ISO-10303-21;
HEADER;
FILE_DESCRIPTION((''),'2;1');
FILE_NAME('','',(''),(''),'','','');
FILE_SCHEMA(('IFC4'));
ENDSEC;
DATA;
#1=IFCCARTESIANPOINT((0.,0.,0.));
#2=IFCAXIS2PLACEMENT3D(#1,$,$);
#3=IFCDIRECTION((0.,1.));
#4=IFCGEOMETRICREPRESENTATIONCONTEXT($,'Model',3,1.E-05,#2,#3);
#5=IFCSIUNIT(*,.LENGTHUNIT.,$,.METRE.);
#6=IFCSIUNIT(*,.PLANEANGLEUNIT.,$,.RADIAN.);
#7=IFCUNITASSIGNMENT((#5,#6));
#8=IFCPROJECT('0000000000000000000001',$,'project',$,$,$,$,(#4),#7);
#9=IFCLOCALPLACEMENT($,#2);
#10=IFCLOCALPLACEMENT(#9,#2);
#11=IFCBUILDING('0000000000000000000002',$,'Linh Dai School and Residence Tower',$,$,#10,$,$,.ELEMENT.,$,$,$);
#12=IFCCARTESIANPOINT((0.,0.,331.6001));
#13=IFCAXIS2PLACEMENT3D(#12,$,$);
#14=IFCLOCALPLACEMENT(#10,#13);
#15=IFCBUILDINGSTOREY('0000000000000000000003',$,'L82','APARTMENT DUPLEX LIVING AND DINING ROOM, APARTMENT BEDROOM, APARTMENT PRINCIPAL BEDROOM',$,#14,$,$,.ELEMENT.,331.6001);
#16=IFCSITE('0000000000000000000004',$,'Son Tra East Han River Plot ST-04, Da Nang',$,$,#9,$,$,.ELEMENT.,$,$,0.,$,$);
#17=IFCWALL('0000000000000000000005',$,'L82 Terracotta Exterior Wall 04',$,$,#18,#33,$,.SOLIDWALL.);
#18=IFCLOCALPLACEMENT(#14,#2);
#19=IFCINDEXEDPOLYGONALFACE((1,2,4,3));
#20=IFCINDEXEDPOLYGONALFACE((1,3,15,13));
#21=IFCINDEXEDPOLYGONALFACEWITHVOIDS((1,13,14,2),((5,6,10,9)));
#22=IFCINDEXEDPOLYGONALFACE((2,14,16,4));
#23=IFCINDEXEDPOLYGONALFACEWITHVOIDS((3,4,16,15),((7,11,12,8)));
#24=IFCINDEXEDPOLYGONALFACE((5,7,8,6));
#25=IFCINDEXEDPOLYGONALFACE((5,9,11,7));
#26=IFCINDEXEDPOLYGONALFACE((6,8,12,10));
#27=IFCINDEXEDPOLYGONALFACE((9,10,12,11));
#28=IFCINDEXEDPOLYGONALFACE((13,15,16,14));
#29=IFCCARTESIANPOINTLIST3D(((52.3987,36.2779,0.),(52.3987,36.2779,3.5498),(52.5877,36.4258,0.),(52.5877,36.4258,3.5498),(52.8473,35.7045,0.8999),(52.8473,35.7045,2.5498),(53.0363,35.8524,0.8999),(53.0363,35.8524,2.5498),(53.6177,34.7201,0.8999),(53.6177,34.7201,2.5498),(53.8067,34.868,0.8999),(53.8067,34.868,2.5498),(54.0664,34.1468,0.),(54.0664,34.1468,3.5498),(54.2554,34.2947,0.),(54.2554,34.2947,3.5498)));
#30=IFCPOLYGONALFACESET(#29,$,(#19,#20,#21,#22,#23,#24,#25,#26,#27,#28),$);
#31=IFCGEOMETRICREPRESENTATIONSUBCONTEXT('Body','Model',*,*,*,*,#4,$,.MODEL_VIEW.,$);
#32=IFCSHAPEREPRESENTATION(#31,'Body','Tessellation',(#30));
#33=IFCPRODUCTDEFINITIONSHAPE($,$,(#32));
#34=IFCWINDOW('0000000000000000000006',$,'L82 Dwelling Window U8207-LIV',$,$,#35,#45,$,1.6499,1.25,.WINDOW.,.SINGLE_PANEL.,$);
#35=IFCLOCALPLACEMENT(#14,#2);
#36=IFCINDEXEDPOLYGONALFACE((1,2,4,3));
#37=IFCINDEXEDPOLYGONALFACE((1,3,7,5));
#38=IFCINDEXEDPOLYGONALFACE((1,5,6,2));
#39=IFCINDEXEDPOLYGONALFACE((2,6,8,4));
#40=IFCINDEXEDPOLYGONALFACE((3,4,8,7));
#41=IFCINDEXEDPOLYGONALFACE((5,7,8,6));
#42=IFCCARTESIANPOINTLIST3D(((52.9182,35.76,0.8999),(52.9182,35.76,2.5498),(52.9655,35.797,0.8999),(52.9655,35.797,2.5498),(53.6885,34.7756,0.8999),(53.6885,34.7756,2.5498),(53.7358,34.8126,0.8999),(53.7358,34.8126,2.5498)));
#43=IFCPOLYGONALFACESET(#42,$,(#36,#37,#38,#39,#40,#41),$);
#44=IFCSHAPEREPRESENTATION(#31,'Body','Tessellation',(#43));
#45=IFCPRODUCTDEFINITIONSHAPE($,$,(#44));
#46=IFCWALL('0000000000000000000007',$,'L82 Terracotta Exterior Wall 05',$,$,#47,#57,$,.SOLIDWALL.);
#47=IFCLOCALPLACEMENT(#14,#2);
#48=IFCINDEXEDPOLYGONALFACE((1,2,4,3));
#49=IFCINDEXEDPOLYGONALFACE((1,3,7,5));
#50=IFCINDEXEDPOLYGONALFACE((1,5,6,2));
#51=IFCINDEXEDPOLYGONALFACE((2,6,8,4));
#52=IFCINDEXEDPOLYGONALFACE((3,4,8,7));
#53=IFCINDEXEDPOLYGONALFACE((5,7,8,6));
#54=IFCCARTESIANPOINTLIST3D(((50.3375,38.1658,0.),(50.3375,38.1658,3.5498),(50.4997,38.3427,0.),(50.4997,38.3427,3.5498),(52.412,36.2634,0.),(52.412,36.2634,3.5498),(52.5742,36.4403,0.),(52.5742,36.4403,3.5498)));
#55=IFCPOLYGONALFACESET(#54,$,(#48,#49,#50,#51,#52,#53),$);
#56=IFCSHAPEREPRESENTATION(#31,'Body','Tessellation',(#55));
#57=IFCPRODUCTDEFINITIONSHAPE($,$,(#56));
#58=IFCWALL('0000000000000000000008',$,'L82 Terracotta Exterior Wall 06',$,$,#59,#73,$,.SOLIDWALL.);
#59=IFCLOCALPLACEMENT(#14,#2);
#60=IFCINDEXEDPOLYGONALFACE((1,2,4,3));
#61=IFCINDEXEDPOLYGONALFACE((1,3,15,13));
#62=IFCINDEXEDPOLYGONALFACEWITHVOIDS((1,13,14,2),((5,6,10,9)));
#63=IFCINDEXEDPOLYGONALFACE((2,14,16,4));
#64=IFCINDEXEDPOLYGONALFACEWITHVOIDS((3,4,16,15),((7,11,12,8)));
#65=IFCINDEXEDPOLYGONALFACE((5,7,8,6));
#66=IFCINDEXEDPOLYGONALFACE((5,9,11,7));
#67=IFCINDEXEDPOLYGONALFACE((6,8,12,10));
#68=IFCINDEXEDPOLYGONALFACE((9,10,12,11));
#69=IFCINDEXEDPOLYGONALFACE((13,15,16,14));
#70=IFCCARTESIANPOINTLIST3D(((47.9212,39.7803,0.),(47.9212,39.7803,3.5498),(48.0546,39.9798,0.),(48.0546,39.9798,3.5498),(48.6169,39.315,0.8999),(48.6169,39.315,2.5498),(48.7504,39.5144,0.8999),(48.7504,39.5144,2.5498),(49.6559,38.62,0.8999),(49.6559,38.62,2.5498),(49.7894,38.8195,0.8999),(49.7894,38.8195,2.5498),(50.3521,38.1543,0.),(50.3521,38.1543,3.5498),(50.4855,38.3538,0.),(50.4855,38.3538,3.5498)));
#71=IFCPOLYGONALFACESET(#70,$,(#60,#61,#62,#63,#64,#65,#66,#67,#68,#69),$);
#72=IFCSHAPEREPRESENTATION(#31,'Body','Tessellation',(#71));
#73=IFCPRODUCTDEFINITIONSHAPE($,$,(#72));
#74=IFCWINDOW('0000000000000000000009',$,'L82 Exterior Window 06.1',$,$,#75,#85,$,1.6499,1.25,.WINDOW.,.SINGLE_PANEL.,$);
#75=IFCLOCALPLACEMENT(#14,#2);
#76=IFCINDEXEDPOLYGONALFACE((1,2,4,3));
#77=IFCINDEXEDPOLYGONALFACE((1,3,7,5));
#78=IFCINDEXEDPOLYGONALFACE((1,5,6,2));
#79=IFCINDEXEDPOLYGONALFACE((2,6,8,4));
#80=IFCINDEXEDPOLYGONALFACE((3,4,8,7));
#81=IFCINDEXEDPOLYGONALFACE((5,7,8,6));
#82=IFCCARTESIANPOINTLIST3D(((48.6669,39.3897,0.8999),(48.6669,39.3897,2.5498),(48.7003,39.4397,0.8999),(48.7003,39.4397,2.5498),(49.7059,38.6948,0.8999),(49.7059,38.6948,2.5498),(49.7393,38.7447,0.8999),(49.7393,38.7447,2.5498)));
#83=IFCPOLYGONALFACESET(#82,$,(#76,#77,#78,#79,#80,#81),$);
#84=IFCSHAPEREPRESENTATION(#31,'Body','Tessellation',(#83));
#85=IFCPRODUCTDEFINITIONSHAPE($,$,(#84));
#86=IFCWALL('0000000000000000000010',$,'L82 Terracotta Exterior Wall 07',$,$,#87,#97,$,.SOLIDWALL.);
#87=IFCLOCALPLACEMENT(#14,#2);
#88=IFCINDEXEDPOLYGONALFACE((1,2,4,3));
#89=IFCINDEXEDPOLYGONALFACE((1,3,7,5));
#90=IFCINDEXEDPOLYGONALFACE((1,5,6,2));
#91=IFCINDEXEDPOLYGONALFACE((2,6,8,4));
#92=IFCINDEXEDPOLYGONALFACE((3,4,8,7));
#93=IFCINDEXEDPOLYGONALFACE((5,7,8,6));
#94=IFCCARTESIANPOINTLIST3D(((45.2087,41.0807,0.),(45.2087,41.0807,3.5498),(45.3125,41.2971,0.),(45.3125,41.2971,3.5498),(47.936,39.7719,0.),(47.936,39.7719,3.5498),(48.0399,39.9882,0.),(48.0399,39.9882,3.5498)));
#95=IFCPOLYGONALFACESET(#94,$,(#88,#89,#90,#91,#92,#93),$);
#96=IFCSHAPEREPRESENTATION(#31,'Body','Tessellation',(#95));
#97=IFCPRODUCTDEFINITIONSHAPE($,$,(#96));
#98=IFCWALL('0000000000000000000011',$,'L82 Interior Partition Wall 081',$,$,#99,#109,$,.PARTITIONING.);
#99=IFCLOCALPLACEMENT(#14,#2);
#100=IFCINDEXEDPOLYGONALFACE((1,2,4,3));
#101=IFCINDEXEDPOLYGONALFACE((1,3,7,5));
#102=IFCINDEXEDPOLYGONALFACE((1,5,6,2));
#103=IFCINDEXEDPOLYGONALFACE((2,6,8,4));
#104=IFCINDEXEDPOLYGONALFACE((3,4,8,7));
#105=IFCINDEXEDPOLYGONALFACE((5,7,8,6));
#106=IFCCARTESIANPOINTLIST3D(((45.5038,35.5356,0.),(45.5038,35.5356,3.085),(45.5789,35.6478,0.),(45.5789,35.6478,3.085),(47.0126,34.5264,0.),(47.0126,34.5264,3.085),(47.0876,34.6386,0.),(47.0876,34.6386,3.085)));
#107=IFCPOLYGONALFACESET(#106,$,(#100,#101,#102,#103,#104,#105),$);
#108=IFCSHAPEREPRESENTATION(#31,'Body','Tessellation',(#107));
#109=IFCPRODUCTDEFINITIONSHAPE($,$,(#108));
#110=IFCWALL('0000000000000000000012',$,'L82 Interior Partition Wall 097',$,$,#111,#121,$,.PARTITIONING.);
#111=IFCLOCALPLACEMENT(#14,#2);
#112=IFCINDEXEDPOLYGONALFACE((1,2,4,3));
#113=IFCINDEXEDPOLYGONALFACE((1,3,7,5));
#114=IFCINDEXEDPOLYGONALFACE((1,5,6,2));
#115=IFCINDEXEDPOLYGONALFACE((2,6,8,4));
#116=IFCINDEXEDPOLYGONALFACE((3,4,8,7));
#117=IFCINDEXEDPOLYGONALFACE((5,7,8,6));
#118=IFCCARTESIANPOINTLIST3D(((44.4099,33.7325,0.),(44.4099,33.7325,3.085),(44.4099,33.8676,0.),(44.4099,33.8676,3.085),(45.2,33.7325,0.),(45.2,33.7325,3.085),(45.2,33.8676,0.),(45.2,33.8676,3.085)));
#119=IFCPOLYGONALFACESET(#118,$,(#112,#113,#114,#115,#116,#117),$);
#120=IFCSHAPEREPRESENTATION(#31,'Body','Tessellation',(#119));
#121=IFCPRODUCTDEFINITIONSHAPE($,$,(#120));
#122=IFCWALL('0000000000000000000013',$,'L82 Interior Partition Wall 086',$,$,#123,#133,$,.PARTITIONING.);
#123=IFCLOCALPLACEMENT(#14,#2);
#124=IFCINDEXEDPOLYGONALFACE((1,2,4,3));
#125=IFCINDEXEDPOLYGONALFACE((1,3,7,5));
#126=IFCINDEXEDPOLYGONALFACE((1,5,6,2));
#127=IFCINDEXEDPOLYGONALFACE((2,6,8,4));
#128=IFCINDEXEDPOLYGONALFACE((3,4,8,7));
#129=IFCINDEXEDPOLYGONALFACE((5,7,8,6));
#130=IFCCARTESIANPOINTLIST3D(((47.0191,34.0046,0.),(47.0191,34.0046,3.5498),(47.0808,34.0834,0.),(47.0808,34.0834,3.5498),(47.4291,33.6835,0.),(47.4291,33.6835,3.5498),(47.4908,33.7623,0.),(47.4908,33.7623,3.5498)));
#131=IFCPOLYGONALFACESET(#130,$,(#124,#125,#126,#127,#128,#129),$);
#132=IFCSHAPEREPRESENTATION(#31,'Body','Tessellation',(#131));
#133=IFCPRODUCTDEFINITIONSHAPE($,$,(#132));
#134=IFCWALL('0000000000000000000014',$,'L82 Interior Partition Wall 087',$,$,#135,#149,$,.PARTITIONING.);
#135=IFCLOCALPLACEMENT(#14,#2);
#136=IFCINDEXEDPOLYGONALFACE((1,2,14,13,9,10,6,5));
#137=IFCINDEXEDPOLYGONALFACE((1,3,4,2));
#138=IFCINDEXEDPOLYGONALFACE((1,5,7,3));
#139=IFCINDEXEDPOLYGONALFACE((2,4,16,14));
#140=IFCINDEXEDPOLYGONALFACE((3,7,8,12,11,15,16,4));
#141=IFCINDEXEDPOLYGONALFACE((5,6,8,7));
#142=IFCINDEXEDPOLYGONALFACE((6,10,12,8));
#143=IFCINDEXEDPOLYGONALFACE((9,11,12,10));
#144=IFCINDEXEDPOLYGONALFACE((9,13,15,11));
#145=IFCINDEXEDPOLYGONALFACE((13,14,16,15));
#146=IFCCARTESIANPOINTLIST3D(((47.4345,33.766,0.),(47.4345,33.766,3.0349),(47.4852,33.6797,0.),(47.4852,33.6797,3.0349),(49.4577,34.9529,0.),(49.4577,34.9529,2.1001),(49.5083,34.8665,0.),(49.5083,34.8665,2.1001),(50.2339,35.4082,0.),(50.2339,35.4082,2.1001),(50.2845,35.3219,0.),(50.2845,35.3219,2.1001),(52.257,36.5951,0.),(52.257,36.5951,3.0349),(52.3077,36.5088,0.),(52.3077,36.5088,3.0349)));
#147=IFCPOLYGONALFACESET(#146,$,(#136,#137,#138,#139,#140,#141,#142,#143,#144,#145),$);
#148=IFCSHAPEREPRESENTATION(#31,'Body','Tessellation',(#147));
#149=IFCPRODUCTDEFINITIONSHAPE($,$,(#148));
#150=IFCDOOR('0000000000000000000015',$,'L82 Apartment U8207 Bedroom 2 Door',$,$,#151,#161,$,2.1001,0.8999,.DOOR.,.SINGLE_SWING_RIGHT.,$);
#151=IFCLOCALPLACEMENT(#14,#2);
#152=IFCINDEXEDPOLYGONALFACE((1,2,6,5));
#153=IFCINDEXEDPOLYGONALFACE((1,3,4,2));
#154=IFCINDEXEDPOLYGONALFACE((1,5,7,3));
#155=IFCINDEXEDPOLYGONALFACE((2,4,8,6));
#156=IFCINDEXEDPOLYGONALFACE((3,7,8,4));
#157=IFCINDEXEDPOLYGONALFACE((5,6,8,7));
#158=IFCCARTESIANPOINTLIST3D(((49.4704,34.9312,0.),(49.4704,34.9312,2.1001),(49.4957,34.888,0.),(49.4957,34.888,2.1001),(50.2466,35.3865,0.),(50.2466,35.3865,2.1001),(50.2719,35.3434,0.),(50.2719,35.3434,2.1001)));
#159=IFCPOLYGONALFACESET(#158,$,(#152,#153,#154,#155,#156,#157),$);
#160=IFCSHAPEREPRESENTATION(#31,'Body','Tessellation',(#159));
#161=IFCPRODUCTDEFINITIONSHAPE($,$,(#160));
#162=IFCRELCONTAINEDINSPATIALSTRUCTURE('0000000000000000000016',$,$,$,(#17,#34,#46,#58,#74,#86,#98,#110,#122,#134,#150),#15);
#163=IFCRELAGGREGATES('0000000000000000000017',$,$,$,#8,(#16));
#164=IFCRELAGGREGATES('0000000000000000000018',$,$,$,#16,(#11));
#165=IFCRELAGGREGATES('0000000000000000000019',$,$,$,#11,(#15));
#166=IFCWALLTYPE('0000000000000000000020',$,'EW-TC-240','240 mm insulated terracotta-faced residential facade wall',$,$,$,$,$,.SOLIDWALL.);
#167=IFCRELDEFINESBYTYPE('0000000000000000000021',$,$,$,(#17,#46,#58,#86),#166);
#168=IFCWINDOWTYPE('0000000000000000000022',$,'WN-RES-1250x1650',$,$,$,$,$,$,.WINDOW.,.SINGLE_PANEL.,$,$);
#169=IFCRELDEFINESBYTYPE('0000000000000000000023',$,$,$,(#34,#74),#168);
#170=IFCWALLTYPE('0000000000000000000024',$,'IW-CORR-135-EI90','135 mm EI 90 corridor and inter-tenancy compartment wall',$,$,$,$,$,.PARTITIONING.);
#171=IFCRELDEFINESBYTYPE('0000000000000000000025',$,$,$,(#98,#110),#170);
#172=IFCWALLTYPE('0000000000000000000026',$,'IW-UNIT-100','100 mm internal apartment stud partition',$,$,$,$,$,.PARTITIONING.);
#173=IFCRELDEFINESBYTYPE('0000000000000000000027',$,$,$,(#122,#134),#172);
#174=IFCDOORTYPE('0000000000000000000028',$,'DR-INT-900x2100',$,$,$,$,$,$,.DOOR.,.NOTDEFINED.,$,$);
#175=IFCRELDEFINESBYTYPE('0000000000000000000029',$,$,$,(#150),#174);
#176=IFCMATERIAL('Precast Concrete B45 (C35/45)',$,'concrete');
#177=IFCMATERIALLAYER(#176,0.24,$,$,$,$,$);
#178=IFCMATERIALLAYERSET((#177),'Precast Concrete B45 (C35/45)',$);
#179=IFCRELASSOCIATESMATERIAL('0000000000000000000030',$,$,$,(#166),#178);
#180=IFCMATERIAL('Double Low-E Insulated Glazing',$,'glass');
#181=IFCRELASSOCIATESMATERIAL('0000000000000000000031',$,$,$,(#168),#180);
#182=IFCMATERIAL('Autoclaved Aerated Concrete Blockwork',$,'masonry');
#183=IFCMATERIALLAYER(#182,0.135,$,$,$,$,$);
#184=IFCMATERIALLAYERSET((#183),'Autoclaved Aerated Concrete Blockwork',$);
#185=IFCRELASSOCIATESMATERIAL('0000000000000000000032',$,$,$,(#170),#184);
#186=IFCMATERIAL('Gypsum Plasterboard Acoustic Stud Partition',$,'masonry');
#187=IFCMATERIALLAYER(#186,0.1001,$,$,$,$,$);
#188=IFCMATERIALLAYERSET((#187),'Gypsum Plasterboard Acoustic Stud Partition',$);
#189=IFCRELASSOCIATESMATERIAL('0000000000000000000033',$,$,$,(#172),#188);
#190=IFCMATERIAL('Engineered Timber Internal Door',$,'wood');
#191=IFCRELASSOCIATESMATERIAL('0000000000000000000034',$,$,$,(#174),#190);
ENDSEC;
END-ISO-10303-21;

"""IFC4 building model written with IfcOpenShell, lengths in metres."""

from ifc_helpers import new_model, si_unit, direction, frame, frame_2d, origin, origin_2d, place, context, subcontext, project, spatial, rectangle, extrude, source, transform, mapped, material, layer, layer_set, type_object, element, fill, save


model = new_model("IFC4")

# Units and contexts
model_context = context("Model", 3, precision=1e-05, world=origin(), true_north=direction((0.0, 1.0)))
body_context = subcontext(model_context, "Body", "Model", "MODEL_VIEW")
ifc_project = project(units=[si_unit("LENGTHUNIT", "METRE"), si_unit("PLANEANGLEUNIT", "RADIAN")], contexts=[model_context])

# Site, building, storey
site_placement = place(None, origin())
site = spatial("IfcSite", under=ifc_project, at=site_placement, Name="Son Tra East Han River Plot ST-04, Da Nang", CompositionType="ELEMENT", RefElevation=0.0)
building_placement = place(site_placement, origin())
building = spatial("IfcBuilding", under=site, at=building_placement, Name="Linh Dai School and Residence Tower", CompositionType="ELEMENT")
storey_placement = place(building_placement, frame((0.0, 0.0, 331.6001)))
storey = spatial("IfcBuildingStorey", under=building, at=storey_placement, Name="L82", Description="APARTMENT DUPLEX LIVING AND DINING ROOM, APARTMENT BEDROOM, APARTMENT PRINCIPAL BEDROOM", CompositionType="ELEMENT", Elevation=331.6001)

# Shared definitions
ifc_material_1 = material(Name="Precast Concrete B45 (C35/45)", Category="concrete")

# Shared definitions
ifc_material_2 = material(Name="Double Low-E Insulated Glazing", Category="glass")

# Shared definitions
ifc_layer_1 = layer(ifc_material_1, 0.24)
ifc_layer_set_1 = layer_set([ifc_layer_1], Name="Precast Concrete B45 (C35/45)")
wall_type_1 = type_object("IfcWallType", Name="EW-TC-240", Description="240 mm insulated terracotta-faced residential facade wall", PredefinedType="SOLIDWALL", material=ifc_layer_set_1)

# Wall, opening, window
wall_1_placement = place(storey_placement, frame((52.4932, 36.3518, 0.0), z_axis=(0.0, 0.0, 1.0), x_axis=(0.616286, -0.787522, 0.0)))
wall_1 = element("IfcWall", 1, at=wall_1_placement, inside=storey, type_object=wall_type_1, Name="L82 Terracotta Exterior Wall 04", PredefinedType="SOLIDWALL", context=body_context, shape_type="SweptSolid", body=[
    extrude(rectangle(XDim=2.7061, YDim=0.24, at=frame_2d((1.353, 0.0))), origin(), (0.0, 0.0, 1.0), 3.5498),
])
opening_1_placement = place(wall_1_placement, frame((0.728, 0.0, 0.8999)))
opening_1 = element("IfcOpeningElement", 2, at=opening_1_placement, cuts=wall_1, PredefinedType="OPENING", context=body_context, shape_type="SweptSolid", body=[
    extrude(rectangle(XDim=1.25, YDim=1.6499, at=origin_2d()), frame((0.625, 0.1299, 0.825), z_axis=(0.0, -1.0, 0.0), x_axis=(1.0, 0.0, 0.0)), (0.0, 0.0, 1.0), 0.26),
])
window_type = type_object("IfcWindowType", Name="WN-RES-1250x1650", PartitioningType="SINGLE_PANEL", PredefinedType="WINDOW", material=ifc_material_2)
shared_shape_1 = source(origin(), body_context, "Body", "SweptSolid", [
    extrude(rectangle(XDim=1.25, YDim=1.6499, at=origin_2d()), frame((0.625, 0.03, 0.825), z_axis=(0.0, -1.0, 0.0), x_axis=(1.0, 0.0, 0.0)), (0.0, 0.0, 1.0), 0.0601),
])
window_1_placement = place(opening_1_placement, origin())
window_1 = element("IfcWindow", 3, at=window_1_placement, inside=storey, type_object=window_type, Name="L82 Dwelling Window U8207-LIV", OverallHeight=1.6499, OverallWidth=1.25, PartitioningType="SINGLE_PANEL", PredefinedType="WINDOW", context=body_context, shape_type="MappedRepresentation", body=[
    mapped(shared_shape_1, transform((0.0, 0.0, 0.0), x_axis=(1.0, 0.0, 0.0), y_axis=(0.0, 1.0, 0.0), z_axis=(0.0, 0.0, 1.0), scale=1.0)),
])
fill(opening_1, window_1)

# Wall
wall_2_placement = place(storey_placement, frame((50.4187, 38.2542, 0.0), z_axis=(0.0, 0.0, 1.0), x_axis=(0.737021, -0.67587, 0.0)))
element("IfcWall", 4, at=wall_2_placement, inside=storey, type_object=wall_type_1, Name="L82 Terracotta Exterior Wall 05", PredefinedType="SOLIDWALL", context=body_context, shape_type="SweptSolid", body=[
    extrude(rectangle(XDim=2.8147, YDim=0.24, at=frame_2d((1.4072, 0.0))), origin(), (0.0, 0.0, 1.0), 3.5498),
])

# Wall, opening, window
wall_3_placement = place(storey_placement, frame((47.9878, 39.8801, 0.0), z_axis=(0.0, 0.0, 1.0), x_axis=(0.831202, -0.555971, 0.0)))
wall_3 = element("IfcWall", 5, at=wall_3_placement, inside=storey, type_object=wall_type_1, Name="L82 Terracotta Exterior Wall 06", PredefinedType="SOLIDWALL", context=body_context, shape_type="SweptSolid", body=[
    extrude(rectangle(XDim=2.9246, YDim=0.24, at=frame_2d((1.4624, 0.0))), origin(), (0.0, 0.0, 1.0), 3.5498),
])
opening_2_placement = place(wall_3_placement, frame((0.8372, 0.0, 0.8999)))
opening_2 = element("IfcOpeningElement", 6, at=opening_2_placement, cuts=wall_3, PredefinedType="OPENING", context=body_context, shape_type="SweptSolid", body=[
    extrude(rectangle(XDim=1.25, YDim=1.6499, at=origin_2d()), frame((0.625, 0.1299, 0.825), z_axis=(0.0, -1.0, 0.0), x_axis=(1.0, 0.0, 0.0)), (0.0, 0.0, 1.0), 0.26),
])
window_2_placement = place(opening_2_placement, origin())
window_2 = element("IfcWindow", 7, at=window_2_placement, inside=storey, type_object=window_type, Name="L82 Exterior Window 06.1", OverallHeight=1.6499, OverallWidth=1.25, PartitioningType="SINGLE_PANEL", PredefinedType="WINDOW", context=body_context, shape_type="MappedRepresentation", body=[
    mapped(shared_shape_1, transform((0.0, 0.0, 0.0), x_axis=(1.0, 0.0, 0.0), y_axis=(0.0, 1.0, 0.0), z_axis=(0.0, 0.0, 1.0), scale=1.0)),
])
fill(opening_2, window_2)

# Walls
wall_4_placement = place(storey_placement, frame((45.2605, 41.189, 0.0), z_axis=(0.0, 0.0, 1.0), x_axis=(0.901557, -0.43266, 0.0)))
element("IfcWall", 8, at=wall_4_placement, inside=storey, type_object=wall_type_1, Name="L82 Terracotta Exterior Wall 07", PredefinedType="SOLIDWALL", context=body_context, shape_type="SweptSolid", body=[
    extrude(rectangle(XDim=3.0251, YDim=0.24, at=frame_2d((1.5127, 0.0))), origin(), (0.0, 0.0, 1.0), 3.5498),
])
ifc_material_3 = material(Name="Autoclaved Aerated Concrete Blockwork", Category="masonry")
ifc_layer_2 = layer(ifc_material_3, 0.135)
ifc_layer_set_2 = layer_set([ifc_layer_2], Name="Autoclaved Aerated Concrete Blockwork")
wall_type_2 = type_object("IfcWallType", Name="IW-CORR-135-EI90", Description="135 mm EI 90 corridor and inter-tenancy compartment wall", PredefinedType="PARTITIONING", material=ifc_layer_set_2)
wall_5_placement = place(storey_placement, frame((45.5413, 35.5918, 0.0), z_axis=(0.0, 0.0, 1.0), x_axis=(0.83118, -0.556003, 0.0)))
element("IfcWall", 9, at=wall_5_placement, inside=storey, type_object=wall_type_2, Name="L82 Interior Partition Wall 081", PredefinedType="PARTITIONING", context=body_context, shape_type="SweptSolid", body=[
    extrude(rectangle(XDim=1.8152, YDim=0.135, at=frame_2d((0.9077, 0.0))), origin(), (0.0, 0.0, 1.0), 3.085),
])
wall_6_placement = place(storey_placement, frame((45.2, 33.8, 0.0), z_axis=(0.0, 0.0, 1.0), x_axis=(-1.0, 0.0, 0.0)))
element("IfcWall", 10, at=wall_6_placement, inside=storey, type_object=wall_type_2, Name="L82 Interior Partition Wall 097", PredefinedType="PARTITIONING", context=body_context, shape_type="SweptSolid", body=[
    extrude(rectangle(XDim=0.79, YDim=0.135, at=frame_2d((0.395, 0.0))), origin(), (0.0, 0.0, 1.0), 3.085),
])
ifc_material_4 = material(Name="Gypsum Plasterboard Acoustic Stud Partition", Category="masonry")
ifc_layer_3 = layer(ifc_material_4, 0.1001)
ifc_layer_set_3 = layer_set([ifc_layer_3], Name="Gypsum Plasterboard Acoustic Stud Partition")
wall_type_3 = type_object("IfcWallType", Name="IW-UNIT-100", Description="100 mm internal apartment stud partition", PredefinedType="PARTITIONING", material=ifc_layer_set_3)
wall_7_placement = place(storey_placement, frame((47.05, 34.0439, 0.0), z_axis=(0.0, 0.0, 1.0), x_axis=(0.787277, -0.616599, 0.0)))
element("IfcWall", 11, at=wall_7_placement, inside=storey, type_object=wall_type_3, Name="L82 Interior Partition Wall 086", PredefinedType="PARTITIONING", context=body_context, shape_type="SweptSolid", body=[
    extrude(rectangle(XDim=0.5208, YDim=0.1001, at=frame_2d((0.2603, 0.0))), origin(), (0.0, 0.0, 1.0), 3.5498),
])

# Wall, opening, door
wall_8_placement = place(storey_placement, frame((47.46, 33.7229, 0.0), z_axis=(0.0, 0.0, 1.0), x_axis=(0.862533, 0.506001, 0.0)))
wall_8 = element("IfcWall", 12, at=wall_8_placement, inside=storey, type_object=wall_type_3, Name="L82 Interior Partition Wall 087", PredefinedType="PARTITIONING", context=body_context, shape_type="SweptSolid", body=[
    extrude(rectangle(XDim=5.5911, YDim=0.1001, at=frame_2d((2.7954, 0.0))), origin(), (0.0, 0.0, 1.0), 3.0349),
])
opening_3_placement = place(wall_8_placement, frame((2.3455, 0.0, 0.0)))
opening_3 = element("IfcOpeningElement", 13, at=opening_3_placement, cuts=wall_8, PredefinedType="OPENING", context=body_context, shape_type="SweptSolid", body=[
    extrude(rectangle(XDim=0.8999, YDim=2.1001, at=origin_2d()), frame((0.45, 0.0601, 1.05), z_axis=(0.0, -1.0, 0.0), x_axis=(1.0, 0.0, 0.0)), (0.0, 0.0, 1.0), 0.1201),
])
ifc_material_5 = material(Name="Engineered Timber Internal Door", Category="wood")
door_type = type_object("IfcDoorType", Name="DR-INT-900x2100", OperationType="NOTDEFINED", PredefinedType="DOOR", material=ifc_material_5)
shared_shape_2 = source(origin(), body_context, "Body", "SweptSolid", [
    extrude(rectangle(XDim=0.8999, YDim=2.1001, at=origin_2d()), frame((0.45, 0.0249, 1.05), z_axis=(0.0, -1.0, 0.0), x_axis=(1.0, 0.0, 0.0)), (0.0, 0.0, 1.0), 0.05),
])
door_placement = place(opening_3_placement, origin())
door = element("IfcDoor", 14, at=door_placement, inside=storey, type_object=door_type, Name="L82 Apartment U8207 Bedroom 2 Door", OperationType="SINGLE_SWING_RIGHT", OverallHeight=2.1001, OverallWidth=0.8999, PredefinedType="DOOR", context=body_context, shape_type="MappedRepresentation", body=[
    mapped(shared_shape_2, transform((0.0, 0.0, 0.0), x_axis=(1.0, 0.0, 0.0), y_axis=(0.0, 1.0, 0.0), z_axis=(0.0, 0.0, 1.0), scale=1.0)),
])
fill(opening_3, door)

save(model, "model.ifc")
